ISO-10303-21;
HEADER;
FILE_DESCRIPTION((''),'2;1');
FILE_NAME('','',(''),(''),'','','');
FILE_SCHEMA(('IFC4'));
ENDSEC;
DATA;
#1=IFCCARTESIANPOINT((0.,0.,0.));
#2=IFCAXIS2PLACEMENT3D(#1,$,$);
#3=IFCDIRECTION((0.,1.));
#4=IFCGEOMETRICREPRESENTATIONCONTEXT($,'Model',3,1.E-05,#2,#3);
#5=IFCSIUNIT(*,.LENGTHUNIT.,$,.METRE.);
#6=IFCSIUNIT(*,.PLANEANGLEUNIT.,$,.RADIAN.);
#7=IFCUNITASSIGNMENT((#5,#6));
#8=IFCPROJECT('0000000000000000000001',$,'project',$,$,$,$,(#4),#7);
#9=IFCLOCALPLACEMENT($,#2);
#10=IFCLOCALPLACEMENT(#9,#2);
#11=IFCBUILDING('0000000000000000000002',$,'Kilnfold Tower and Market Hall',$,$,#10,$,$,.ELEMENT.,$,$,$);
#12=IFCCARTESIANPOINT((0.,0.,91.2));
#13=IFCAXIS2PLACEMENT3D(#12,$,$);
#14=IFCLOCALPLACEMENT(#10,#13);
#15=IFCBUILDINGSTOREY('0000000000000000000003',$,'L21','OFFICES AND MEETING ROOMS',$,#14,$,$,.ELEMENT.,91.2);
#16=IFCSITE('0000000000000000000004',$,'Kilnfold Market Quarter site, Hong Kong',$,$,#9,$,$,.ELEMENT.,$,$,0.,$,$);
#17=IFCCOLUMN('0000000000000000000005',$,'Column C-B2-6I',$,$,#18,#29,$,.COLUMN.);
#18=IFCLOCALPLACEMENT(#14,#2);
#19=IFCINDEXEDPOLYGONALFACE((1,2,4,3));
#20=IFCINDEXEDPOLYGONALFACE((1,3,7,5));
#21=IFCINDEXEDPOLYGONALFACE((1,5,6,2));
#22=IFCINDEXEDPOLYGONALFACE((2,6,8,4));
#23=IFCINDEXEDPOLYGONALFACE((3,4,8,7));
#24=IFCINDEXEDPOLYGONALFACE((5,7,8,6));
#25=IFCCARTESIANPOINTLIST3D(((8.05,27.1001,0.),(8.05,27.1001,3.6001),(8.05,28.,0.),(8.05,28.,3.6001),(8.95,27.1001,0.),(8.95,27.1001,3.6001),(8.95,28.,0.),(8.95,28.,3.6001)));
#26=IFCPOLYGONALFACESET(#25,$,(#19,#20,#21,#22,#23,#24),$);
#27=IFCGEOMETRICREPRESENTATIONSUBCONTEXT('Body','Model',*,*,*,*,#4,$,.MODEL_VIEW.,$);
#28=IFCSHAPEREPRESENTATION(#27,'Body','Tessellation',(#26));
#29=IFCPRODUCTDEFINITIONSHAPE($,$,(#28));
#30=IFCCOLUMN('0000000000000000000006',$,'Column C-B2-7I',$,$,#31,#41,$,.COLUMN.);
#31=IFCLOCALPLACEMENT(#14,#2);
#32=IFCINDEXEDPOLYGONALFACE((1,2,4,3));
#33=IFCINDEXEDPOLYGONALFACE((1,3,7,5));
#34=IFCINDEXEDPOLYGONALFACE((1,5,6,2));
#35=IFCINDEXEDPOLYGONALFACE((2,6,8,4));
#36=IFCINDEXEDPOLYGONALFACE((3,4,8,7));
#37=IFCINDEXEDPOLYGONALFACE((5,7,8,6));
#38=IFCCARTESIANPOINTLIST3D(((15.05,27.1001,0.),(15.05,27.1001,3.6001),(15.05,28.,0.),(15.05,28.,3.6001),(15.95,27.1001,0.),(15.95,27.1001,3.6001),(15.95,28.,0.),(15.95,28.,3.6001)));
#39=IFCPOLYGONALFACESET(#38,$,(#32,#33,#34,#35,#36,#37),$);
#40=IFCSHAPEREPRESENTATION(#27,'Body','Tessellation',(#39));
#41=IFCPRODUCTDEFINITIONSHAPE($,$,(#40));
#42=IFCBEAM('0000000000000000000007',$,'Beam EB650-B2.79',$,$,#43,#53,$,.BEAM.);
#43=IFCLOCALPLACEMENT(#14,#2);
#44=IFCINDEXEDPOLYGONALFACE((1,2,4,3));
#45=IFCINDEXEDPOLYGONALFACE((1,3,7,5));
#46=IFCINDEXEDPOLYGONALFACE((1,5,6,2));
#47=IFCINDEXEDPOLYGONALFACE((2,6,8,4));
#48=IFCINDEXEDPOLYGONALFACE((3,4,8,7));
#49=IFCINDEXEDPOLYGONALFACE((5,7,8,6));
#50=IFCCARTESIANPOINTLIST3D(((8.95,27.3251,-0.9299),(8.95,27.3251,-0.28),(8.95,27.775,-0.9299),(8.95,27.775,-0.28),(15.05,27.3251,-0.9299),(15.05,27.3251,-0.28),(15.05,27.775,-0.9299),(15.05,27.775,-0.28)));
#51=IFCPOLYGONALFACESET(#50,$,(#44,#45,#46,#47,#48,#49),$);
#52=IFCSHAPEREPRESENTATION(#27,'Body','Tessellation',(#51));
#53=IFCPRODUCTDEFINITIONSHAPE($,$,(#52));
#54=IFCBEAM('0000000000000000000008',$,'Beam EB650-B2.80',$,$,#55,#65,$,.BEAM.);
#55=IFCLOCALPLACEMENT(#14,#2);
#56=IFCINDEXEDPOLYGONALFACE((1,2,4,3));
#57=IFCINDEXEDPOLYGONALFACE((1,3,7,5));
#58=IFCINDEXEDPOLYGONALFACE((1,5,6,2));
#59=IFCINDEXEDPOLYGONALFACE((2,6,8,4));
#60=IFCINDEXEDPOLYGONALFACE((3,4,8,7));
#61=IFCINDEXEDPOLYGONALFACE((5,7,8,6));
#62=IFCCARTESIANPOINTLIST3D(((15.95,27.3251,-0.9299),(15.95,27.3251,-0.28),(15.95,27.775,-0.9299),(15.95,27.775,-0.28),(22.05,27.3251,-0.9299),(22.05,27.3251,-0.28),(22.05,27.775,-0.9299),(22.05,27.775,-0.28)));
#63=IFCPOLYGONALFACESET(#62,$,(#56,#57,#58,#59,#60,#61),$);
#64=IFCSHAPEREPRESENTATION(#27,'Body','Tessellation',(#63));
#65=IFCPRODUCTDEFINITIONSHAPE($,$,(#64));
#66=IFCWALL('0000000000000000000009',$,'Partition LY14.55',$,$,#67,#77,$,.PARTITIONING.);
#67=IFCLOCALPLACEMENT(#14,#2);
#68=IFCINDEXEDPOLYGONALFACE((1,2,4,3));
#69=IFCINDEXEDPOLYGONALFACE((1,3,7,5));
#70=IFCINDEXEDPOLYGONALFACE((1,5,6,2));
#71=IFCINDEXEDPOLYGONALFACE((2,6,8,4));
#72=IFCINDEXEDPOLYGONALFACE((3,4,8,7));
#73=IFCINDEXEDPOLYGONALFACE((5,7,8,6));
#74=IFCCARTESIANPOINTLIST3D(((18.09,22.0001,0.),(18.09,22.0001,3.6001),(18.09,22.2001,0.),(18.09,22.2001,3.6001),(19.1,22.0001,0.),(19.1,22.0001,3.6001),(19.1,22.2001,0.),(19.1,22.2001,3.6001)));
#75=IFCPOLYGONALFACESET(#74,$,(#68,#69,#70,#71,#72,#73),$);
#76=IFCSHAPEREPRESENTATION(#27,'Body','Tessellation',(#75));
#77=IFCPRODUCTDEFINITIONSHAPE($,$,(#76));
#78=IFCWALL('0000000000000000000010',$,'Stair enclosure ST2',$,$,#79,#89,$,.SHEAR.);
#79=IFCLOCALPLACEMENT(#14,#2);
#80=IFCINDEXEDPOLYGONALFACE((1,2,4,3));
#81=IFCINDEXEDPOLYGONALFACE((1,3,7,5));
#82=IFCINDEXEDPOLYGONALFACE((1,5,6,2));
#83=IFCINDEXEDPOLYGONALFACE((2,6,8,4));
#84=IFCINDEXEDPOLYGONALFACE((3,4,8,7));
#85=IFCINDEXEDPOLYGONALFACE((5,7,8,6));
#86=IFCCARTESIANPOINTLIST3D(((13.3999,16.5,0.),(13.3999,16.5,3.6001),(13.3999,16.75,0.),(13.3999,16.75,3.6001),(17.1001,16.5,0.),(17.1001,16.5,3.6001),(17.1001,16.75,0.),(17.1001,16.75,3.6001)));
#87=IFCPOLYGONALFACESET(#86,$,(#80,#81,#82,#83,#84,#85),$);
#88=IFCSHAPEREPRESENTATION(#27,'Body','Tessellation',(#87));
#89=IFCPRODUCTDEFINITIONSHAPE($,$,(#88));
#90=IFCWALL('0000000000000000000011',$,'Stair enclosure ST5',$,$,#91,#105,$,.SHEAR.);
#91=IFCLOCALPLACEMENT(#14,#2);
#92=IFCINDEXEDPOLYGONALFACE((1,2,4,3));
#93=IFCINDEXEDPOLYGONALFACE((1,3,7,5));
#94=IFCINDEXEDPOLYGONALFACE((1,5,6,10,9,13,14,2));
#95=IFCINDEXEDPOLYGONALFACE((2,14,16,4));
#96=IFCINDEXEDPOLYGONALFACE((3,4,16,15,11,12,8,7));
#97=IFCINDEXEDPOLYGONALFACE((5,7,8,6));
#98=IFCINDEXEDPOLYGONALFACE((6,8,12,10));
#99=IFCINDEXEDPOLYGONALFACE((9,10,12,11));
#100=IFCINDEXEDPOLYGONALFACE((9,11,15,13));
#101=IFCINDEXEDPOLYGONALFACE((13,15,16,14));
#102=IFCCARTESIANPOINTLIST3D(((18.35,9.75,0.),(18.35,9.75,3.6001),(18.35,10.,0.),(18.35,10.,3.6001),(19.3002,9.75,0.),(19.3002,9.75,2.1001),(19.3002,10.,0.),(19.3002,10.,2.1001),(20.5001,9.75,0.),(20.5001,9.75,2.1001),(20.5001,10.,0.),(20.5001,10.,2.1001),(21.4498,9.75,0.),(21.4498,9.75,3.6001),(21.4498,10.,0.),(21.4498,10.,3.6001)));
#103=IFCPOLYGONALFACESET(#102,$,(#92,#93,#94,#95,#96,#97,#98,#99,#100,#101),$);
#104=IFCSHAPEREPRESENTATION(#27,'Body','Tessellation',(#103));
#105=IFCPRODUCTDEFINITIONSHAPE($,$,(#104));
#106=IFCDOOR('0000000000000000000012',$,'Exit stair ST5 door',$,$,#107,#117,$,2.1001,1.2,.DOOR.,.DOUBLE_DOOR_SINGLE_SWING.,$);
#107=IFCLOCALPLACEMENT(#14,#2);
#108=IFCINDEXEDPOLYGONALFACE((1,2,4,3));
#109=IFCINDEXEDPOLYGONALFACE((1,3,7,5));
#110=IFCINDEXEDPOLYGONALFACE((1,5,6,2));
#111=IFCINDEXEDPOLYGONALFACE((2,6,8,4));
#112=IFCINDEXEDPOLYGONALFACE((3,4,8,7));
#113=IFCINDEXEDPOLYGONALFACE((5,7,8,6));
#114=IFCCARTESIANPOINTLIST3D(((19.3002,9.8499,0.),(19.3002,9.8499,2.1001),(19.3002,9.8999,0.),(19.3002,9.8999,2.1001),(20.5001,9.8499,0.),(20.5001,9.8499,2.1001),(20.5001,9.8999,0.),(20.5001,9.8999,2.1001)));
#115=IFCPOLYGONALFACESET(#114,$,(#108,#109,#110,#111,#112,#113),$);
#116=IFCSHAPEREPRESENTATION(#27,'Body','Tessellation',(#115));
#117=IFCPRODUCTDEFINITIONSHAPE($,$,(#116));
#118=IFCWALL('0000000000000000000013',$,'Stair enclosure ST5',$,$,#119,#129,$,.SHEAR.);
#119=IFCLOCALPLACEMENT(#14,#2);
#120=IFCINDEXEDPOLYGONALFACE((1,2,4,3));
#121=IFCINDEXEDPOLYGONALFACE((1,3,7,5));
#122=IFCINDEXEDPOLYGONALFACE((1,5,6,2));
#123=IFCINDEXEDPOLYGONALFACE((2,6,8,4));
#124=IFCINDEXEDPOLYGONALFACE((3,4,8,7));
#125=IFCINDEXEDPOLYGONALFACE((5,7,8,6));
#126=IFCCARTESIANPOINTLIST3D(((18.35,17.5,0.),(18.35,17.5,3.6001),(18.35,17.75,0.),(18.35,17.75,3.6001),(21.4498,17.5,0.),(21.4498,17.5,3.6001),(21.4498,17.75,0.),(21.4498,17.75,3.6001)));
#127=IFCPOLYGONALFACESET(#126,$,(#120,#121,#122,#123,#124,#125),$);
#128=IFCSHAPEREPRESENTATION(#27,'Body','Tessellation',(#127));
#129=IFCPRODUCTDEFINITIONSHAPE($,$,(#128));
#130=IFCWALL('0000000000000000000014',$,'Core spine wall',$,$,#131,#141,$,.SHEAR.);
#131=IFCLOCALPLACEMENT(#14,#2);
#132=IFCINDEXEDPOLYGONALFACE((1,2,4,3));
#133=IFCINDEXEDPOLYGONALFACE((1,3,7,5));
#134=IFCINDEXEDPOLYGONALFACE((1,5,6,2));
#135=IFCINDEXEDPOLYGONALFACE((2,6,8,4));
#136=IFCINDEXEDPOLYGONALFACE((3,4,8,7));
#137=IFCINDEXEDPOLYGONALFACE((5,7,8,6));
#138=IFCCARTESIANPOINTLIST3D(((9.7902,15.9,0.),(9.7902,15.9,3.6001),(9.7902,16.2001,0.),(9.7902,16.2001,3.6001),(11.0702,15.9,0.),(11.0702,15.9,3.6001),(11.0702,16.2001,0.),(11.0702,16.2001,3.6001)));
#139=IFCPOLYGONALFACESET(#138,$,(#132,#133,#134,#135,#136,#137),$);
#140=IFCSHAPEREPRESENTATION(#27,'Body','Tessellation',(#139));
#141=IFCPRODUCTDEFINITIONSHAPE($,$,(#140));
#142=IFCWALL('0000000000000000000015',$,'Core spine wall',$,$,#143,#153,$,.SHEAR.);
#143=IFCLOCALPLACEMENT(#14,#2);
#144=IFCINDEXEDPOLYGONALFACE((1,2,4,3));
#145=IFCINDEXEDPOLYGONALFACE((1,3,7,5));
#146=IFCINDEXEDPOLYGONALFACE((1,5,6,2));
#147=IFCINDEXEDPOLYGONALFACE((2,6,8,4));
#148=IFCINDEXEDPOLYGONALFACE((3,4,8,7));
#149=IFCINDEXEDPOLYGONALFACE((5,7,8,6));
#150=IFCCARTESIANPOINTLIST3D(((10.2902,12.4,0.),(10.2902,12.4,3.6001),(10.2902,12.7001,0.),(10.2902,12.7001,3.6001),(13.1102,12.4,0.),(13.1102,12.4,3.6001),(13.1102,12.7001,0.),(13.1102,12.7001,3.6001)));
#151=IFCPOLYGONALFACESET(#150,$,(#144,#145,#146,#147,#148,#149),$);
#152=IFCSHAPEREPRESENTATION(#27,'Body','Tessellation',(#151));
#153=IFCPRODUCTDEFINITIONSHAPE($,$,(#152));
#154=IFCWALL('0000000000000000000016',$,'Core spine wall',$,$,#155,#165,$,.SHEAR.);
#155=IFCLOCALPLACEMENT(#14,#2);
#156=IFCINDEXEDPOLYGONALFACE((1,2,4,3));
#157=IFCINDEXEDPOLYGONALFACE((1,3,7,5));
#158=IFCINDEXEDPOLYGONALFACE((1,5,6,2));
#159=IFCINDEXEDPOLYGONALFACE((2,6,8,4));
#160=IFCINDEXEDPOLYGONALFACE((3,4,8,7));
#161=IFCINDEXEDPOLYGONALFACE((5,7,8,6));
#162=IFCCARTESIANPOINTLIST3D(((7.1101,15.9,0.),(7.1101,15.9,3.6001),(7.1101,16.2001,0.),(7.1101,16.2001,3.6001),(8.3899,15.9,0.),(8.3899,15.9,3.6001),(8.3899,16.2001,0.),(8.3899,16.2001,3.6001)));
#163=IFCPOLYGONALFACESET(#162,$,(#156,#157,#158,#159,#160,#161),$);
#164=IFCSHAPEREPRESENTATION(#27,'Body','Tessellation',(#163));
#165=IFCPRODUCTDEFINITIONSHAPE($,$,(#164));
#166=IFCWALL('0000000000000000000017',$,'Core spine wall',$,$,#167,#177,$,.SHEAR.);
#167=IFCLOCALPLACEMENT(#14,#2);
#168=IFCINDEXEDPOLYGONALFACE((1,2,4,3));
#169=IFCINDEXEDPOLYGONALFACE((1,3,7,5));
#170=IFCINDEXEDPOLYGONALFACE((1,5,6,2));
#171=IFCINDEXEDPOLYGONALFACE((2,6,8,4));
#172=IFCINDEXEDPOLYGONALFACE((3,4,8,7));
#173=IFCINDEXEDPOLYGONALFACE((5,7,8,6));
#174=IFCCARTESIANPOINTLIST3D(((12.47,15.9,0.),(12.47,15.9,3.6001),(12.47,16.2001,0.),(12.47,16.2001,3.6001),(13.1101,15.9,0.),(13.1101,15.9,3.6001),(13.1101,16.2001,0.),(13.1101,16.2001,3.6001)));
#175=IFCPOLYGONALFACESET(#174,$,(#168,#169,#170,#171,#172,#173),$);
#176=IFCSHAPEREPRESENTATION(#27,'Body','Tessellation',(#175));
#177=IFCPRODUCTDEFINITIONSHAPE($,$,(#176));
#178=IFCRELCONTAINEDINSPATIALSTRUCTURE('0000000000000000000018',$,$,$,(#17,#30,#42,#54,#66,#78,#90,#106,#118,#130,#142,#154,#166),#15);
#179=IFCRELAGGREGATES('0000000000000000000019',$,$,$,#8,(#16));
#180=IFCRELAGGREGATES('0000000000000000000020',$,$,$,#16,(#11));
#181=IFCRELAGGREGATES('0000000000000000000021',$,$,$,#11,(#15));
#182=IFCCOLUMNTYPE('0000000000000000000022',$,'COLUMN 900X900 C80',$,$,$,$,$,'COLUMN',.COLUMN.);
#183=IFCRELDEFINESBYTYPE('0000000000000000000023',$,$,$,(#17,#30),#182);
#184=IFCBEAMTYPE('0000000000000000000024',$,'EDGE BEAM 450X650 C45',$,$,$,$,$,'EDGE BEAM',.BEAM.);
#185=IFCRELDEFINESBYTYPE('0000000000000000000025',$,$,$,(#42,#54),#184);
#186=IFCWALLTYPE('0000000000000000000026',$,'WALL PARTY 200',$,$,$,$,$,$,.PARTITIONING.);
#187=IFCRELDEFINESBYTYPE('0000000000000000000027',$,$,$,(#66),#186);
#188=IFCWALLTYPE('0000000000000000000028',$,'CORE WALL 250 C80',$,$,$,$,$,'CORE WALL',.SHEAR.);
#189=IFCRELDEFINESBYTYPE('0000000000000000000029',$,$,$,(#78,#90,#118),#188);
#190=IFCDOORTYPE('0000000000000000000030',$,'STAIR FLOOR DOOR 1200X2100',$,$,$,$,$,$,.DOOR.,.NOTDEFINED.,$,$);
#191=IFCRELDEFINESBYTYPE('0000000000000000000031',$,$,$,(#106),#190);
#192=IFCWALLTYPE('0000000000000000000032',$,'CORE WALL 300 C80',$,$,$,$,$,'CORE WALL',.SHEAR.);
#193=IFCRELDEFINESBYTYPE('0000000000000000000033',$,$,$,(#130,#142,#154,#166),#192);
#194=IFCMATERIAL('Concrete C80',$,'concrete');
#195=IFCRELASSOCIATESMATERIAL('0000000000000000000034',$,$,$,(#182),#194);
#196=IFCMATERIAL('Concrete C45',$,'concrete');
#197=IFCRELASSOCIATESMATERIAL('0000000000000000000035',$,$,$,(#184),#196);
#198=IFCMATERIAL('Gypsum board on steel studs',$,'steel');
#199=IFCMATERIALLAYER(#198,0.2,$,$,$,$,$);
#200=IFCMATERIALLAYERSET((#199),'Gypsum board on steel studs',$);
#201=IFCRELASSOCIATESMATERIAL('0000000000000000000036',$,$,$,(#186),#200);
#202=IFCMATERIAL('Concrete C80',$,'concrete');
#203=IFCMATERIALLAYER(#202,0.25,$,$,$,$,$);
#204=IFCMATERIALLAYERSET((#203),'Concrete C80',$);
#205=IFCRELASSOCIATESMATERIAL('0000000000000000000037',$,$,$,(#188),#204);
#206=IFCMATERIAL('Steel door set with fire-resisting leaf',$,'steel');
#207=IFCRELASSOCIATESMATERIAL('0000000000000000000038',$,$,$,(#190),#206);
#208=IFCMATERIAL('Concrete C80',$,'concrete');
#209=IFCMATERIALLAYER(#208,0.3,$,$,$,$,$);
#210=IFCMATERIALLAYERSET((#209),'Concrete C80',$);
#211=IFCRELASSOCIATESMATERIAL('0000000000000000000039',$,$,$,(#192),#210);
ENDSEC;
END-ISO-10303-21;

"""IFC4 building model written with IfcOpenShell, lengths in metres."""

from ifc_helpers import new_model, si_unit, direction, frame, frame_2d, origin, origin_2d, place, context, subcontext, project, spatial, rectangle, extrude, source, transform, mapped, material, layer, layer_set, material_profile, profile_set, type_object, element, fill, save


model = new_model("IFC4")

# Units and contexts
model_context = context("Model", 3, precision=1e-05, world=origin(), true_north=direction((0.0, 1.0)))
body_context = subcontext(model_context, "Body", "Model", "MODEL_VIEW")
ifc_project = project(units=[si_unit("LENGTHUNIT", "METRE"), si_unit("PLANEANGLEUNIT", "RADIAN")], contexts=[model_context])

# Site, building, storey
site_placement = place(None, origin())
site = spatial("IfcSite", under=ifc_project, at=site_placement, Name="Kilnfold Market Quarter site, Hong Kong", CompositionType="ELEMENT", RefElevation=0.0)
building_placement = place(site_placement, origin())
building = spatial("IfcBuilding", under=site, at=building_placement, Name="Kilnfold Tower and Market Hall", CompositionType="ELEMENT")
storey_placement = place(building_placement, frame((0.0, 0.0, 91.2)))
storey = spatial("IfcBuildingStorey", under=building, at=storey_placement, Name="L21", Description="OFFICES AND MEETING ROOMS", CompositionType="ELEMENT", Elevation=91.2)

# Columns
ifc_material_1 = material(Name="Concrete C80", Category="concrete")
ifc_material_profile_1 = material_profile(ifc_material_1, rectangle(XDim=0.8999, YDim=0.8999, at=origin_2d()), Name="RC 900x900")
ifc_profile_set_1 = profile_set([ifc_material_profile_1], Name="Concrete C80")
column_type = type_object("IfcColumnType", Name="COLUMN 900X900 C80", ElementType="COLUMN", PredefinedType="COLUMN", material=ifc_profile_set_1)
shared_shape_1 = source(origin(), body_context, "Body", "SweptSolid", [
    extrude(rectangle(XDim=0.8999, YDim=0.8999, at=origin_2d()), origin(), (0.0, 0.0, 1.0), 3.6001),
])
for number, where, z_axis, x_axis, name in (
    (1, (8.5, 27.55, 0.0), (0.0, 0.0, 1.0), (1.0, 0.0, 0.0), "Column C-B2-6I"),
    (2, (15.5, 27.55, 0.0), (0.0, 0.0, 1.0), (1.0, 0.0, 0.0), "Column C-B2-7I"),
):
    element("IfcColumn", number, at=place(storey_placement, frame(where, z_axis=z_axis, x_axis=x_axis)), inside=storey, type_object=column_type, Name=name, PredefinedType="COLUMN", context=body_context, shape_type="MappedRepresentation", body=[
        mapped(shared_shape_1, transform((0.0, 0.0, 0.0))),
    ])

# Beams
ifc_material_2 = material(Name="Concrete C45", Category="concrete")
ifc_material_profile_2 = material_profile(ifc_material_2, rectangle(XDim=0.45, YDim=0.6499, at=origin_2d()), Name="RC 450x650")
ifc_profile_set_2 = profile_set([ifc_material_profile_2], Name="Concrete C45")
beam_type = type_object("IfcBeamType", Name="EDGE BEAM 450X650 C45", ElementType="EDGE BEAM", PredefinedType="BEAM", material=ifc_profile_set_2)
shared_shape_2 = source(origin(), body_context, "Body", "SweptSolid", [
    extrude(rectangle(XDim=0.45, YDim=0.6499, at=origin_2d()), origin(), (0.0, 0.0, 1.0), 6.1001),
])
for number, where, z_axis, x_axis, name in (
    (3, (8.95, 27.55, -0.605), (1.0, 0.0, 0.0), (0.0, 1.0, 0.0), "Beam EB650-B2.79"),
    (4, (15.95, 27.55, -0.605), (1.0, 0.0, 0.0), (0.0, 1.0, 0.0), "Beam EB650-B2.80"),
):
    element("IfcBeam", number, at=place(storey_placement, frame(where, z_axis=z_axis, x_axis=x_axis)), inside=storey, type_object=beam_type, Name=name, PredefinedType="BEAM", context=body_context, shape_type="MappedRepresentation", body=[
        mapped(shared_shape_2, transform((0.0, 0.0, 0.0))),
    ])

# Walls
ifc_material_3 = material(Name="Gypsum board on steel studs", Category="steel")
ifc_layer_1 = layer(ifc_material_3, 0.2)
ifc_layer_set_1 = layer_set([ifc_layer_1], Name="Gypsum board on steel studs")
wall_type_1 = type_object("IfcWallType", Name="WALL PARTY 200", PredefinedType="PARTITIONING", material=ifc_layer_set_1)
wall_1_placement = place(storey_placement, frame((18.0901, 22.1001, 0.0), z_axis=(0.0, 0.0, 1.0), x_axis=(1.0, 0.0, 0.0)))
element("IfcWall", 5, at=wall_1_placement, inside=storey, type_object=wall_type_1, Name="Partition LY14.55", PredefinedType="PARTITIONING", context=body_context, shape_type="SweptSolid", body=[
    extrude(rectangle(XDim=1.01, YDim=0.2, at=frame_2d((0.5049, 0.0))), origin(), (0.0, 0.0, 1.0), 3.6001),
])
ifc_material_4 = material(Name="Concrete C80", Category="concrete")
ifc_layer_2 = layer(ifc_material_4, 0.25)
ifc_layer_set_2 = layer_set([ifc_layer_2], Name="Concrete C80")
wall_type_2 = type_object("IfcWallType", Name="CORE WALL 250 C80", ElementType="CORE WALL", PredefinedType="SHEAR", material=ifc_layer_set_2)
shared_shape_3 = source(origin(), body_context, "Body", "SweptSolid", [
    extrude(rectangle(XDim=3.7002, YDim=0.25, at=frame_2d((1.8501, 0.0))), origin(), (0.0, 0.0, 1.0), 3.6001),
])
wall_2_placement = place(storey_placement, frame((13.3999, 16.625, 0.0), z_axis=(0.0, 0.0, 1.0), x_axis=(1.0, 0.0, 0.0)))
element("IfcWall", 6, at=wall_2_placement, inside=storey, type_object=wall_type_2, Name="Stair enclosure ST2", PredefinedType="SHEAR", context=body_context, shape_type="MappedRepresentation", body=[
    mapped(shared_shape_3, transform((0.0, 0.0, 0.0))),
])

# Wall, opening, door
shared_shape_4 = source(origin(), body_context, "Body", "SweptSolid", [
    extrude(rectangle(XDim=3.0999, YDim=0.25, at=frame_2d((1.5498, 0.0))), origin(), (0.0, 0.0, 1.0), 3.6001),
])
wall_3_placement = place(storey_placement, frame((18.3501, 9.875, 0.0), z_axis=(0.0, 0.0, 1.0), x_axis=(1.0, 0.0, 0.0)))
wall_3 = element("IfcWall", 7, at=wall_3_placement, inside=storey, type_object=wall_type_2, Name="Stair enclosure ST5", PredefinedType="SHEAR", context=body_context, shape_type="MappedRepresentation", body=[
    mapped(shared_shape_4, transform((0.0, 0.0, 0.0))),
])
opening_1_placement = place(wall_3_placement, frame((0.95, 0.0, 0.0)))
opening_1 = element("IfcOpeningElement", 8, at=opening_1_placement, cuts=wall_3, PredefinedType="OPENING", context=body_context, shape_type="SweptSolid", body=[
    extrude(rectangle(XDim=1.2, YDim=2.1001, at=frame_2d((0.6001, 1.05))), frame((0.0, 0.135, 0.0), z_axis=(0.0, -1.0, 0.0), x_axis=(1.0, 0.0, 0.0)), (0.0, 0.0, 1.0), 0.27),
])
ifc_material_5 = material(Name="Steel door set with fire-resisting leaf", Category="steel")
door_type_1 = type_object("IfcDoorType", Name="STAIR FLOOR DOOR 1200X2100", OperationType="NOTDEFINED", PredefinedType="DOOR", material=ifc_material_5)
door_1_placement = place(opening_1_placement, origin())
door_1 = element("IfcDoor", 9, at=door_1_placement, inside=storey, type_object=door_type_1, Name="Exit stair ST5 door", OperationType="DOUBLE_DOOR_SINGLE_SWING", OverallHeight=2.1001, OverallWidth=1.2, PredefinedType="DOOR", context=body_context, shape_type="SweptSolid", body=[
    extrude(rectangle(XDim=1.2, YDim=2.1001, at=frame_2d((0.6001, 1.05))), frame((0.0, 0.0249, 0.0), z_axis=(0.0, -1.0, 0.0), x_axis=(1.0, 0.0, 0.0)), (0.0, 0.0, 1.0), 0.05),
])
fill(opening_1, door_1)

# Walls
wall_4_placement = place(storey_placement, frame((18.3501, 17.625, 0.0), z_axis=(0.0, 0.0, 1.0), x_axis=(1.0, 0.0, 0.0)))
element("IfcWall", 10, at=wall_4_placement, inside=storey, type_object=wall_type_2, Name="Stair enclosure ST5", PredefinedType="SHEAR", context=body_context, shape_type="MappedRepresentation", body=[
    mapped(shared_shape_4, transform((0.0, 0.0, 0.0))),
])
ifc_material_6 = material(Name="Concrete C80", Category="concrete")
ifc_layer_3 = layer(ifc_material_6, 0.3)
ifc_layer_set_3 = layer_set([ifc_layer_3], Name="Concrete C80")
wall_type_3 = type_object("IfcWallType", Name="CORE WALL 300 C80", ElementType="CORE WALL", PredefinedType="SHEAR", material=ifc_layer_set_3)
shared_shape_5 = source(origin(), body_context, "Body", "SweptSolid", [
    extrude(rectangle(XDim=1.28, YDim=0.3, at=frame_2d((0.6401, 0.0))), origin(), (0.0, 0.0, 1.0), 3.6001),
])
wall_5_placement = place(storey_placement, frame((9.79, 16.05, 0.0), z_axis=(0.0, 0.0, 1.0), x_axis=(1.0, 0.0, 0.0)))
element("IfcWall", 11, at=wall_5_placement, inside=storey, type_object=wall_type_3, Name="Core spine wall", PredefinedType="SHEAR", context=body_context, shape_type="MappedRepresentation", body=[
    mapped(shared_shape_5, transform((0.0, 0.0, 0.0))),
])
shared_shape_6 = source(origin(), body_context, "Body", "SweptSolid", [
    extrude(rectangle(XDim=2.8201, YDim=0.3, at=frame_2d((1.4102, 0.0))), origin(), (0.0, 0.0, 1.0), 3.6001),
])
wall_6_placement = place(storey_placement, frame((10.29, 12.55, 0.0), z_axis=(0.0, 0.0, 1.0), x_axis=(1.0, 0.0, 0.0)))
element("IfcWall", 12, at=wall_6_placement, inside=storey, type_object=wall_type_3, Name="Core spine wall", PredefinedType="SHEAR", context=body_context, shape_type="MappedRepresentation", body=[
    mapped(shared_shape_6, transform((0.0, 0.0, 0.0))),
])
shared_shape_7 = source(origin(), body_context, "Body", "SweptSolid", [
    extrude(rectangle(XDim=1.2798, YDim=0.3, at=frame_2d((0.6399, 0.0))), origin(), (0.0, 0.0, 1.0), 3.6001),
])
wall_7_placement = place(storey_placement, frame((7.1101, 16.05, 0.0), z_axis=(0.0, 0.0, 1.0), x_axis=(1.0, 0.0, 0.0)))
element("IfcWall", 13, at=wall_7_placement, inside=storey, type_object=wall_type_3, Name="Core spine wall", PredefinedType="SHEAR", context=body_context, shape_type="MappedRepresentation", body=[
    mapped(shared_shape_7, transform((0.0, 0.0, 0.0))),
])
shared_shape_8 = source(origin(), body_context, "Body", "SweptSolid", [
    extrude(rectangle(XDim=0.6401, YDim=0.3, at=frame_2d((0.3201, 0.0))), origin(), (0.0, 0.0, 1.0), 3.6001),
])
wall_8_placement = place(storey_placement, frame((12.47, 16.05, 0.0), z_axis=(0.0, 0.0, 1.0), x_axis=(1.0, 0.0, 0.0)))
element("IfcWall", 14, at=wall_8_placement, inside=storey, type_object=wall_type_3, Name="Core spine wall", PredefinedType="SHEAR", context=body_context, shape_type="MappedRepresentation", body=[
    mapped(shared_shape_8, transform((0.0, 0.0, 0.0))),
])

save(model, "model.ifc")
